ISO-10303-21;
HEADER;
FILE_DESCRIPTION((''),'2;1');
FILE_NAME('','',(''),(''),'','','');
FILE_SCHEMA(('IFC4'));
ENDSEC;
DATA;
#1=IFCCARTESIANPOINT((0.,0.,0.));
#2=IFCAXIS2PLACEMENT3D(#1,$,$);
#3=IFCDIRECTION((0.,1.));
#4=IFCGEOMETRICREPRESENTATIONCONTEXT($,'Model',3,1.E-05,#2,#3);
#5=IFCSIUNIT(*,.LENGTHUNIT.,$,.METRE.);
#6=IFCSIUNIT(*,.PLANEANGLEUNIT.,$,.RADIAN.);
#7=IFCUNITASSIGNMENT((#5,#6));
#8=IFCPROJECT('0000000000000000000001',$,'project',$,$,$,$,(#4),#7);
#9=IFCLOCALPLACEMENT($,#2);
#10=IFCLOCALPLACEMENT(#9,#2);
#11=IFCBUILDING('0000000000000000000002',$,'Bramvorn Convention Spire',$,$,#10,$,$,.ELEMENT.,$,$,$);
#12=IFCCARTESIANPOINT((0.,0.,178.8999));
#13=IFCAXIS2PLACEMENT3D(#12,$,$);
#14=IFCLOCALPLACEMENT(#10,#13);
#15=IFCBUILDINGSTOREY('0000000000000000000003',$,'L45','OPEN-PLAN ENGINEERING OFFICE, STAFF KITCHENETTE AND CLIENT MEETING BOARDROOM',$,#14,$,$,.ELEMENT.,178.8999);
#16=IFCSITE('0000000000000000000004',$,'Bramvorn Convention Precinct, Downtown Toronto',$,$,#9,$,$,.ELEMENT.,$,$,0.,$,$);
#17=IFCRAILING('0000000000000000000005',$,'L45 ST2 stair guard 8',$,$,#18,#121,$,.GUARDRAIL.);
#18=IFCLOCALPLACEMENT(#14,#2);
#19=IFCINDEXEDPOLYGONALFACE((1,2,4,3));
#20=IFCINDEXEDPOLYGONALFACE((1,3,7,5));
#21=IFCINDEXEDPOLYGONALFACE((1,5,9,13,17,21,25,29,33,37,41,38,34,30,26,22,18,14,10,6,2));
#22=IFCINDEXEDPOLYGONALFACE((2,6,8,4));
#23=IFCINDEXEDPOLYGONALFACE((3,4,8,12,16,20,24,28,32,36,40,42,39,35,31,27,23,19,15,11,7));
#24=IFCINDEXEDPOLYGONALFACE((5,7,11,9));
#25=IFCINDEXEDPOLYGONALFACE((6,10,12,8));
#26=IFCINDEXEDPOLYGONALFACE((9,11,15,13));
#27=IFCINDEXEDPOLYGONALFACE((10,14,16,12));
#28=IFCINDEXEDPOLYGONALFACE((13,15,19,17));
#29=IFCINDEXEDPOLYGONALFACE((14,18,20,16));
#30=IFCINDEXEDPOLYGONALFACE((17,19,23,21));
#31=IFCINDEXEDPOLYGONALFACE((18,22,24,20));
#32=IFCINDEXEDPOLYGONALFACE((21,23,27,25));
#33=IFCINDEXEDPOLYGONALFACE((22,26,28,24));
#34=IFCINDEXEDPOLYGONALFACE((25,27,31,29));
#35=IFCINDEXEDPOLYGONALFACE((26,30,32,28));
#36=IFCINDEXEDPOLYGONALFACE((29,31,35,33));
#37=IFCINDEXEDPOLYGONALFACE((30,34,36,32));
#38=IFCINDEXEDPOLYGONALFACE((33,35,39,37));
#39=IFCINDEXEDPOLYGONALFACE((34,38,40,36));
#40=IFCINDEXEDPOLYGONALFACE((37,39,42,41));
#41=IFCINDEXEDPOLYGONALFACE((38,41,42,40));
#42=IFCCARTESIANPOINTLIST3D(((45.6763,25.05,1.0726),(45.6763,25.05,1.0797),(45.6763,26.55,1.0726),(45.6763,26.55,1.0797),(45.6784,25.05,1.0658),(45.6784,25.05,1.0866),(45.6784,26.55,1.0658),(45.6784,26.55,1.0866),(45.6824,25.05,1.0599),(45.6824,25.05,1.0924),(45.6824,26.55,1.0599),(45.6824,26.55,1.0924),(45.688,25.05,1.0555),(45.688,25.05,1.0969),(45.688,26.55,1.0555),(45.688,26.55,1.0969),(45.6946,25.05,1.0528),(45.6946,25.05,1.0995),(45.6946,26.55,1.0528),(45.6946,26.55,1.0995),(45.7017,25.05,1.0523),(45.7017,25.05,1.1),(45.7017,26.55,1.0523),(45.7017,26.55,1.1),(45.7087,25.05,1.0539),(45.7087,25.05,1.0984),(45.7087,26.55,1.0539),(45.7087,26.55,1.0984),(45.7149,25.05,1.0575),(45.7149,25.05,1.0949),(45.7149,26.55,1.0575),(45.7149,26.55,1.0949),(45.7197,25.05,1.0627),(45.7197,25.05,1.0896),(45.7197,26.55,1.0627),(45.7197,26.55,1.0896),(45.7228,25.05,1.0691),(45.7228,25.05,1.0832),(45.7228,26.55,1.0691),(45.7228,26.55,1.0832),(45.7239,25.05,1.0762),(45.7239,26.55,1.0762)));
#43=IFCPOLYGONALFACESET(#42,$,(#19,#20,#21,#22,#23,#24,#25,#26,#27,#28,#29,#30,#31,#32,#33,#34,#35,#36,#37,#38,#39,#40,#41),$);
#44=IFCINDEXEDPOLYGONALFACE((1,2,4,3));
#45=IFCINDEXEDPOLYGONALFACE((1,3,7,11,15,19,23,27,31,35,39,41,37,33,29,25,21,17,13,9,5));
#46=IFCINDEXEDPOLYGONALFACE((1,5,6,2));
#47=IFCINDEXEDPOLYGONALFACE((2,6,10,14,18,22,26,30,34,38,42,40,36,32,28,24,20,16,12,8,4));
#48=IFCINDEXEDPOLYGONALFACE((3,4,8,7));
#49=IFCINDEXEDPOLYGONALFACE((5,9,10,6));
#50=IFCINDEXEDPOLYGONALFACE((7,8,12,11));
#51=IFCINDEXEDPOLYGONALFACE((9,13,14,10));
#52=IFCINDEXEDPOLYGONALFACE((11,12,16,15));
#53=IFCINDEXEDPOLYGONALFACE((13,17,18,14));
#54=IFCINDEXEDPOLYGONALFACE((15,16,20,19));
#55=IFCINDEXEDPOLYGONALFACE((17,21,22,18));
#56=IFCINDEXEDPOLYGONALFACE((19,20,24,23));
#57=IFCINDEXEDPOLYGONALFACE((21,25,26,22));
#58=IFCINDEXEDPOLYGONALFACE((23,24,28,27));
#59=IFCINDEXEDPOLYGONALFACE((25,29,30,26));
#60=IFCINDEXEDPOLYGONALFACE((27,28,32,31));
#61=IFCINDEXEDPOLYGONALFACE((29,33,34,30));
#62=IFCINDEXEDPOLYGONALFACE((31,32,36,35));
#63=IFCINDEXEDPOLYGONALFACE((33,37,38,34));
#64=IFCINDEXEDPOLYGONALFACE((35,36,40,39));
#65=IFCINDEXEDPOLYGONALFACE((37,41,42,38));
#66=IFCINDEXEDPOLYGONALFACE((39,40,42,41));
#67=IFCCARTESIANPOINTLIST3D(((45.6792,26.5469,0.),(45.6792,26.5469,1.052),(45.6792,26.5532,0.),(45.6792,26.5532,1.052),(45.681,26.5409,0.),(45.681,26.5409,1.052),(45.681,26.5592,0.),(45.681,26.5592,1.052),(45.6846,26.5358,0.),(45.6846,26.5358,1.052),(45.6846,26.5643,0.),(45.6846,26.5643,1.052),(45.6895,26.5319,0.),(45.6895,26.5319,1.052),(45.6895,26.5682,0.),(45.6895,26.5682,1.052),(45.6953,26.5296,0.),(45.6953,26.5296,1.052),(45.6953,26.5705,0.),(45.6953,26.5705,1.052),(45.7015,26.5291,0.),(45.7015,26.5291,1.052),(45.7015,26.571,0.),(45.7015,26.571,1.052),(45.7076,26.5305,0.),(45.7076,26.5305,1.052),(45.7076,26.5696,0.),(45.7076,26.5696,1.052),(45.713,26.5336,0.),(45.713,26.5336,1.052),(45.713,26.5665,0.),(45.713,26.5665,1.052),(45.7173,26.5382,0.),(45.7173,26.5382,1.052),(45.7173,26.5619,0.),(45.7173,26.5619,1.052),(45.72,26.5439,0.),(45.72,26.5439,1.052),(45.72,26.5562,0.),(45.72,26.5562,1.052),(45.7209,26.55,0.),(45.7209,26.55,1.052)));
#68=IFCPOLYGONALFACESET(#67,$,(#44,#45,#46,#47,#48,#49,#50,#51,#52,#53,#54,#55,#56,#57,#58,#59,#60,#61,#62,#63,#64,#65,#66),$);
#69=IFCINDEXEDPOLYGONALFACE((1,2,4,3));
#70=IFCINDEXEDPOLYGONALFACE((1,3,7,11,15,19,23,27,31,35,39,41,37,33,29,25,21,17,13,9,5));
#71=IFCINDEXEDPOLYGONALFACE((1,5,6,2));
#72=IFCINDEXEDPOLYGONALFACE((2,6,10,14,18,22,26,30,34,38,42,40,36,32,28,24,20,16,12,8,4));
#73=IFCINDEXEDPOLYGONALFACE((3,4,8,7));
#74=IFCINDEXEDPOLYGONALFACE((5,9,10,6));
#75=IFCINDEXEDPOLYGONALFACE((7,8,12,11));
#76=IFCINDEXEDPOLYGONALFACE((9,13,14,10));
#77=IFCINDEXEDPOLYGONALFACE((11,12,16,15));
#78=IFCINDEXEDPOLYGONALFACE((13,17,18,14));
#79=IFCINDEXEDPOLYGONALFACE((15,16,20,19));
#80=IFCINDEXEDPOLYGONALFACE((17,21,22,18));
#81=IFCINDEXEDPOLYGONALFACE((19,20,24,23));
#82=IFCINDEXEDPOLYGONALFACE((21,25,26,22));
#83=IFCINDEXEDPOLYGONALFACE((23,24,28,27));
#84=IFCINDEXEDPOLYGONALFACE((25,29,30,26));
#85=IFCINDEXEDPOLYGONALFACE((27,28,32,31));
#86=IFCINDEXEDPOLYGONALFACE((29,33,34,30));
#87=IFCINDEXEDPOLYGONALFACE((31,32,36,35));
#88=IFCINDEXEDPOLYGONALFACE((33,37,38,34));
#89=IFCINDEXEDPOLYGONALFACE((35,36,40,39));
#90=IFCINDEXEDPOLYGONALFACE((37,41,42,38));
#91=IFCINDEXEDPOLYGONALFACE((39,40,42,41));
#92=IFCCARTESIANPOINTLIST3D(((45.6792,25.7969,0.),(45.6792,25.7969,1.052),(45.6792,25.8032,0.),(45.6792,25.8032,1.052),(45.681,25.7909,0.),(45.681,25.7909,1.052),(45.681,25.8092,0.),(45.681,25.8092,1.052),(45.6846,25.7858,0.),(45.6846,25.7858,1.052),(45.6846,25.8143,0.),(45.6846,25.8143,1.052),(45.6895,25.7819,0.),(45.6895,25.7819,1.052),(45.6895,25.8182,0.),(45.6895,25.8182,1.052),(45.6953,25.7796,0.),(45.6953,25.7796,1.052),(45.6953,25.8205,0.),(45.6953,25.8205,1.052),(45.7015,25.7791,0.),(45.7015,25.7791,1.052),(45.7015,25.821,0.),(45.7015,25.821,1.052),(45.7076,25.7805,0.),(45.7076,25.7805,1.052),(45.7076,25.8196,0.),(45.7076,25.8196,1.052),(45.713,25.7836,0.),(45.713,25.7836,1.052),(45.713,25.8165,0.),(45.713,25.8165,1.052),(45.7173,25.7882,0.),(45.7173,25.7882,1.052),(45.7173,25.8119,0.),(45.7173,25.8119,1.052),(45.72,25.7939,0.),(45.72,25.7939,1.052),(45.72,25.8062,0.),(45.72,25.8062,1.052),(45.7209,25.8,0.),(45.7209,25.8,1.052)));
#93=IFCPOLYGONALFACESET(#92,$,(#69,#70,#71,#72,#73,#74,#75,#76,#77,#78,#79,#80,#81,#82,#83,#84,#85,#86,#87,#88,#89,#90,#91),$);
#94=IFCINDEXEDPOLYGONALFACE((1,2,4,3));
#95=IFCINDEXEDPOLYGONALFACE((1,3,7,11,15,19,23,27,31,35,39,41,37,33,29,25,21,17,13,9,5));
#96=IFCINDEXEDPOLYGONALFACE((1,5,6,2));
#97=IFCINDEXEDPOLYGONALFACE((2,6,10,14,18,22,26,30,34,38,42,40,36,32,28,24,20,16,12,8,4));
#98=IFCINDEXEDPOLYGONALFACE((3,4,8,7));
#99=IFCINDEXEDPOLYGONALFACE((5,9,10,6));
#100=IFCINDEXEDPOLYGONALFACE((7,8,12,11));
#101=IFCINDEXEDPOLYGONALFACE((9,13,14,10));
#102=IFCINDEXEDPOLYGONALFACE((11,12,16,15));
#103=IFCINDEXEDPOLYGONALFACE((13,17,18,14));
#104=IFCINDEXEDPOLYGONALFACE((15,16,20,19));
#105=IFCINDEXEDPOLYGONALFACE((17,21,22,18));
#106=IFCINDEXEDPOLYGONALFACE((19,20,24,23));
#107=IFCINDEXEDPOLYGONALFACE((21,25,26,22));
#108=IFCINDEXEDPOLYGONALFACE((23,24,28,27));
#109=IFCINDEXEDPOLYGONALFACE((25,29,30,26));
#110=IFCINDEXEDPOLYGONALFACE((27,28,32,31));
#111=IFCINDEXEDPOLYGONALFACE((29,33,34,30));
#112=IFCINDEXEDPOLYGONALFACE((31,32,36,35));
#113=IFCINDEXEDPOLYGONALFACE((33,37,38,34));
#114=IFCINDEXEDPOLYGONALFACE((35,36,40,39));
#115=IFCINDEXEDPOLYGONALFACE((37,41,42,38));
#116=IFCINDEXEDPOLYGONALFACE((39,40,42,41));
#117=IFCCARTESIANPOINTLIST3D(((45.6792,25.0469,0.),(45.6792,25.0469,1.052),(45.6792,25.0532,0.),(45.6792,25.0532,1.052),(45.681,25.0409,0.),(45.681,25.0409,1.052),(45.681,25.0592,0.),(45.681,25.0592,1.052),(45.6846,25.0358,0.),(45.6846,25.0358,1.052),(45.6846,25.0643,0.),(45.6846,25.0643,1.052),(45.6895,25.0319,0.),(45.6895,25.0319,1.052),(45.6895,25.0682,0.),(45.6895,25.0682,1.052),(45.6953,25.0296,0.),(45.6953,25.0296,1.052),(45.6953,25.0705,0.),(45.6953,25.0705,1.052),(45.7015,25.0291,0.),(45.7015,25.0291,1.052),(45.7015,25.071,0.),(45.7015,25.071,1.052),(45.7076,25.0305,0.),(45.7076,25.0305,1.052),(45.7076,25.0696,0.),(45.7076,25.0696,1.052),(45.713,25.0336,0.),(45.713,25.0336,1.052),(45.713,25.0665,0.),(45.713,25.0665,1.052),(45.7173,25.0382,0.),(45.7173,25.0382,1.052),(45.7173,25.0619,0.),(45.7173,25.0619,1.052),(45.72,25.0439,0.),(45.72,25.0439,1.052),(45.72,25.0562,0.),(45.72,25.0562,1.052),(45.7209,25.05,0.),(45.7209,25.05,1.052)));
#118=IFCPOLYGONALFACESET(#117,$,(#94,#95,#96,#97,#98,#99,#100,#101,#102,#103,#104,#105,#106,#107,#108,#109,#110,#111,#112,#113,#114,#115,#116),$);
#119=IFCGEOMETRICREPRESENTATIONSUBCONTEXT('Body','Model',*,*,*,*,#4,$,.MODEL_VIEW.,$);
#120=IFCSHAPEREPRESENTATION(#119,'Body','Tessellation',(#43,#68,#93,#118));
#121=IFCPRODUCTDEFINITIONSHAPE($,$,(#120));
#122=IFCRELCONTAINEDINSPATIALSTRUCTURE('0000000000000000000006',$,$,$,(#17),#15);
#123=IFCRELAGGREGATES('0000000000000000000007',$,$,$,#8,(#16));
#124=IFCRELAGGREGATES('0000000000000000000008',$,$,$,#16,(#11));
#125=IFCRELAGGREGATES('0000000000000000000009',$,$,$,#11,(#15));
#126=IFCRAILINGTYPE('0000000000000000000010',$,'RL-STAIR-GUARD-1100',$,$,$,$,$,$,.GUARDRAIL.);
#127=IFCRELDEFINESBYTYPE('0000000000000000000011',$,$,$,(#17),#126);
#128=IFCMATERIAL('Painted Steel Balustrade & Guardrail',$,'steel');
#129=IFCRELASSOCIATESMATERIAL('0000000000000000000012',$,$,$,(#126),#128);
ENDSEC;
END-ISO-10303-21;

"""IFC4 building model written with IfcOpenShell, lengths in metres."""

from ifc_helpers import new_model, si_unit, direction, frame, origin, origin_2d, place, context, subcontext, project, spatial, circle, extrude, material, type_object, element, save


model = new_model("IFC4")

# Units and contexts
model_context = context("Model", 3, precision=1e-05, world=origin(), true_north=direction((0.0, 1.0)))
body_context = subcontext(model_context, "Body", "Model", "MODEL_VIEW")
ifc_project = project(units=[si_unit("LENGTHUNIT", "METRE"), si_unit("PLANEANGLEUNIT", "RADIAN")], contexts=[model_context])

# Site, building, storey
site_placement = place(None, origin())
site = spatial("IfcSite", under=ifc_project, at=site_placement, Name="Bramvorn Convention Precinct, Downtown Toronto", CompositionType="ELEMENT", RefElevation=0.0)
building_placement = place(site_placement, origin())
building = spatial("IfcBuilding", under=site, at=building_placement, Name="Bramvorn Convention Spire", CompositionType="ELEMENT")
storey_placement = place(building_placement, frame((0.0, 0.0, 178.8999)))
storey = spatial("IfcBuildingStorey", under=building, at=storey_placement, Name="L45", Description="OPEN-PLAN ENGINEERING OFFICE, STAFF KITCHENETTE AND CLIENT MEETING BOARDROOM", CompositionType="ELEMENT", Elevation=178.8999)

# Railing
ifc_material_1 = material(Name="Painted Steel Balustrade & Guardrail", Category="steel")
railing_type_1 = type_object("IfcRailingType", Name="RL-STAIR-GUARD-1100", PredefinedType="GUARDRAIL", material=ifc_material_1)
railing_1_placement = place(storey_placement, frame((45.7, 26.55, 0.0)))
element("IfcRailing", 1, at=railing_1_placement, inside=storey, type_object=railing_type_1, Name="L45 ST2 stair guard 8", PredefinedType="GUARDRAIL", context=body_context, shape_type="SweptSolid", body=[
    extrude(circle(Radius=0.0239, at=origin_2d()), frame((0.0, 0.0, 1.0762), z_axis=(0.0, -1.0, 0.0), x_axis=(1.0, 0.0, 0.0)), (0.0, 0.0, 1.0), 1.5),
    extrude(circle(Radius=0.021, at=origin_2d()), origin(), (0.0, 0.0, 1.0), 1.052),
    extrude(circle(Radius=0.021, at=origin_2d()), frame((0.0, -0.75, 0.0)), (0.0, 0.0, 1.0), 1.052),
    extrude(circle(Radius=0.021, at=origin_2d()), frame((0.0, -1.5, 0.0)), (0.0, 0.0, 1.0), 1.052),
])

save(model, "model.ifc")
